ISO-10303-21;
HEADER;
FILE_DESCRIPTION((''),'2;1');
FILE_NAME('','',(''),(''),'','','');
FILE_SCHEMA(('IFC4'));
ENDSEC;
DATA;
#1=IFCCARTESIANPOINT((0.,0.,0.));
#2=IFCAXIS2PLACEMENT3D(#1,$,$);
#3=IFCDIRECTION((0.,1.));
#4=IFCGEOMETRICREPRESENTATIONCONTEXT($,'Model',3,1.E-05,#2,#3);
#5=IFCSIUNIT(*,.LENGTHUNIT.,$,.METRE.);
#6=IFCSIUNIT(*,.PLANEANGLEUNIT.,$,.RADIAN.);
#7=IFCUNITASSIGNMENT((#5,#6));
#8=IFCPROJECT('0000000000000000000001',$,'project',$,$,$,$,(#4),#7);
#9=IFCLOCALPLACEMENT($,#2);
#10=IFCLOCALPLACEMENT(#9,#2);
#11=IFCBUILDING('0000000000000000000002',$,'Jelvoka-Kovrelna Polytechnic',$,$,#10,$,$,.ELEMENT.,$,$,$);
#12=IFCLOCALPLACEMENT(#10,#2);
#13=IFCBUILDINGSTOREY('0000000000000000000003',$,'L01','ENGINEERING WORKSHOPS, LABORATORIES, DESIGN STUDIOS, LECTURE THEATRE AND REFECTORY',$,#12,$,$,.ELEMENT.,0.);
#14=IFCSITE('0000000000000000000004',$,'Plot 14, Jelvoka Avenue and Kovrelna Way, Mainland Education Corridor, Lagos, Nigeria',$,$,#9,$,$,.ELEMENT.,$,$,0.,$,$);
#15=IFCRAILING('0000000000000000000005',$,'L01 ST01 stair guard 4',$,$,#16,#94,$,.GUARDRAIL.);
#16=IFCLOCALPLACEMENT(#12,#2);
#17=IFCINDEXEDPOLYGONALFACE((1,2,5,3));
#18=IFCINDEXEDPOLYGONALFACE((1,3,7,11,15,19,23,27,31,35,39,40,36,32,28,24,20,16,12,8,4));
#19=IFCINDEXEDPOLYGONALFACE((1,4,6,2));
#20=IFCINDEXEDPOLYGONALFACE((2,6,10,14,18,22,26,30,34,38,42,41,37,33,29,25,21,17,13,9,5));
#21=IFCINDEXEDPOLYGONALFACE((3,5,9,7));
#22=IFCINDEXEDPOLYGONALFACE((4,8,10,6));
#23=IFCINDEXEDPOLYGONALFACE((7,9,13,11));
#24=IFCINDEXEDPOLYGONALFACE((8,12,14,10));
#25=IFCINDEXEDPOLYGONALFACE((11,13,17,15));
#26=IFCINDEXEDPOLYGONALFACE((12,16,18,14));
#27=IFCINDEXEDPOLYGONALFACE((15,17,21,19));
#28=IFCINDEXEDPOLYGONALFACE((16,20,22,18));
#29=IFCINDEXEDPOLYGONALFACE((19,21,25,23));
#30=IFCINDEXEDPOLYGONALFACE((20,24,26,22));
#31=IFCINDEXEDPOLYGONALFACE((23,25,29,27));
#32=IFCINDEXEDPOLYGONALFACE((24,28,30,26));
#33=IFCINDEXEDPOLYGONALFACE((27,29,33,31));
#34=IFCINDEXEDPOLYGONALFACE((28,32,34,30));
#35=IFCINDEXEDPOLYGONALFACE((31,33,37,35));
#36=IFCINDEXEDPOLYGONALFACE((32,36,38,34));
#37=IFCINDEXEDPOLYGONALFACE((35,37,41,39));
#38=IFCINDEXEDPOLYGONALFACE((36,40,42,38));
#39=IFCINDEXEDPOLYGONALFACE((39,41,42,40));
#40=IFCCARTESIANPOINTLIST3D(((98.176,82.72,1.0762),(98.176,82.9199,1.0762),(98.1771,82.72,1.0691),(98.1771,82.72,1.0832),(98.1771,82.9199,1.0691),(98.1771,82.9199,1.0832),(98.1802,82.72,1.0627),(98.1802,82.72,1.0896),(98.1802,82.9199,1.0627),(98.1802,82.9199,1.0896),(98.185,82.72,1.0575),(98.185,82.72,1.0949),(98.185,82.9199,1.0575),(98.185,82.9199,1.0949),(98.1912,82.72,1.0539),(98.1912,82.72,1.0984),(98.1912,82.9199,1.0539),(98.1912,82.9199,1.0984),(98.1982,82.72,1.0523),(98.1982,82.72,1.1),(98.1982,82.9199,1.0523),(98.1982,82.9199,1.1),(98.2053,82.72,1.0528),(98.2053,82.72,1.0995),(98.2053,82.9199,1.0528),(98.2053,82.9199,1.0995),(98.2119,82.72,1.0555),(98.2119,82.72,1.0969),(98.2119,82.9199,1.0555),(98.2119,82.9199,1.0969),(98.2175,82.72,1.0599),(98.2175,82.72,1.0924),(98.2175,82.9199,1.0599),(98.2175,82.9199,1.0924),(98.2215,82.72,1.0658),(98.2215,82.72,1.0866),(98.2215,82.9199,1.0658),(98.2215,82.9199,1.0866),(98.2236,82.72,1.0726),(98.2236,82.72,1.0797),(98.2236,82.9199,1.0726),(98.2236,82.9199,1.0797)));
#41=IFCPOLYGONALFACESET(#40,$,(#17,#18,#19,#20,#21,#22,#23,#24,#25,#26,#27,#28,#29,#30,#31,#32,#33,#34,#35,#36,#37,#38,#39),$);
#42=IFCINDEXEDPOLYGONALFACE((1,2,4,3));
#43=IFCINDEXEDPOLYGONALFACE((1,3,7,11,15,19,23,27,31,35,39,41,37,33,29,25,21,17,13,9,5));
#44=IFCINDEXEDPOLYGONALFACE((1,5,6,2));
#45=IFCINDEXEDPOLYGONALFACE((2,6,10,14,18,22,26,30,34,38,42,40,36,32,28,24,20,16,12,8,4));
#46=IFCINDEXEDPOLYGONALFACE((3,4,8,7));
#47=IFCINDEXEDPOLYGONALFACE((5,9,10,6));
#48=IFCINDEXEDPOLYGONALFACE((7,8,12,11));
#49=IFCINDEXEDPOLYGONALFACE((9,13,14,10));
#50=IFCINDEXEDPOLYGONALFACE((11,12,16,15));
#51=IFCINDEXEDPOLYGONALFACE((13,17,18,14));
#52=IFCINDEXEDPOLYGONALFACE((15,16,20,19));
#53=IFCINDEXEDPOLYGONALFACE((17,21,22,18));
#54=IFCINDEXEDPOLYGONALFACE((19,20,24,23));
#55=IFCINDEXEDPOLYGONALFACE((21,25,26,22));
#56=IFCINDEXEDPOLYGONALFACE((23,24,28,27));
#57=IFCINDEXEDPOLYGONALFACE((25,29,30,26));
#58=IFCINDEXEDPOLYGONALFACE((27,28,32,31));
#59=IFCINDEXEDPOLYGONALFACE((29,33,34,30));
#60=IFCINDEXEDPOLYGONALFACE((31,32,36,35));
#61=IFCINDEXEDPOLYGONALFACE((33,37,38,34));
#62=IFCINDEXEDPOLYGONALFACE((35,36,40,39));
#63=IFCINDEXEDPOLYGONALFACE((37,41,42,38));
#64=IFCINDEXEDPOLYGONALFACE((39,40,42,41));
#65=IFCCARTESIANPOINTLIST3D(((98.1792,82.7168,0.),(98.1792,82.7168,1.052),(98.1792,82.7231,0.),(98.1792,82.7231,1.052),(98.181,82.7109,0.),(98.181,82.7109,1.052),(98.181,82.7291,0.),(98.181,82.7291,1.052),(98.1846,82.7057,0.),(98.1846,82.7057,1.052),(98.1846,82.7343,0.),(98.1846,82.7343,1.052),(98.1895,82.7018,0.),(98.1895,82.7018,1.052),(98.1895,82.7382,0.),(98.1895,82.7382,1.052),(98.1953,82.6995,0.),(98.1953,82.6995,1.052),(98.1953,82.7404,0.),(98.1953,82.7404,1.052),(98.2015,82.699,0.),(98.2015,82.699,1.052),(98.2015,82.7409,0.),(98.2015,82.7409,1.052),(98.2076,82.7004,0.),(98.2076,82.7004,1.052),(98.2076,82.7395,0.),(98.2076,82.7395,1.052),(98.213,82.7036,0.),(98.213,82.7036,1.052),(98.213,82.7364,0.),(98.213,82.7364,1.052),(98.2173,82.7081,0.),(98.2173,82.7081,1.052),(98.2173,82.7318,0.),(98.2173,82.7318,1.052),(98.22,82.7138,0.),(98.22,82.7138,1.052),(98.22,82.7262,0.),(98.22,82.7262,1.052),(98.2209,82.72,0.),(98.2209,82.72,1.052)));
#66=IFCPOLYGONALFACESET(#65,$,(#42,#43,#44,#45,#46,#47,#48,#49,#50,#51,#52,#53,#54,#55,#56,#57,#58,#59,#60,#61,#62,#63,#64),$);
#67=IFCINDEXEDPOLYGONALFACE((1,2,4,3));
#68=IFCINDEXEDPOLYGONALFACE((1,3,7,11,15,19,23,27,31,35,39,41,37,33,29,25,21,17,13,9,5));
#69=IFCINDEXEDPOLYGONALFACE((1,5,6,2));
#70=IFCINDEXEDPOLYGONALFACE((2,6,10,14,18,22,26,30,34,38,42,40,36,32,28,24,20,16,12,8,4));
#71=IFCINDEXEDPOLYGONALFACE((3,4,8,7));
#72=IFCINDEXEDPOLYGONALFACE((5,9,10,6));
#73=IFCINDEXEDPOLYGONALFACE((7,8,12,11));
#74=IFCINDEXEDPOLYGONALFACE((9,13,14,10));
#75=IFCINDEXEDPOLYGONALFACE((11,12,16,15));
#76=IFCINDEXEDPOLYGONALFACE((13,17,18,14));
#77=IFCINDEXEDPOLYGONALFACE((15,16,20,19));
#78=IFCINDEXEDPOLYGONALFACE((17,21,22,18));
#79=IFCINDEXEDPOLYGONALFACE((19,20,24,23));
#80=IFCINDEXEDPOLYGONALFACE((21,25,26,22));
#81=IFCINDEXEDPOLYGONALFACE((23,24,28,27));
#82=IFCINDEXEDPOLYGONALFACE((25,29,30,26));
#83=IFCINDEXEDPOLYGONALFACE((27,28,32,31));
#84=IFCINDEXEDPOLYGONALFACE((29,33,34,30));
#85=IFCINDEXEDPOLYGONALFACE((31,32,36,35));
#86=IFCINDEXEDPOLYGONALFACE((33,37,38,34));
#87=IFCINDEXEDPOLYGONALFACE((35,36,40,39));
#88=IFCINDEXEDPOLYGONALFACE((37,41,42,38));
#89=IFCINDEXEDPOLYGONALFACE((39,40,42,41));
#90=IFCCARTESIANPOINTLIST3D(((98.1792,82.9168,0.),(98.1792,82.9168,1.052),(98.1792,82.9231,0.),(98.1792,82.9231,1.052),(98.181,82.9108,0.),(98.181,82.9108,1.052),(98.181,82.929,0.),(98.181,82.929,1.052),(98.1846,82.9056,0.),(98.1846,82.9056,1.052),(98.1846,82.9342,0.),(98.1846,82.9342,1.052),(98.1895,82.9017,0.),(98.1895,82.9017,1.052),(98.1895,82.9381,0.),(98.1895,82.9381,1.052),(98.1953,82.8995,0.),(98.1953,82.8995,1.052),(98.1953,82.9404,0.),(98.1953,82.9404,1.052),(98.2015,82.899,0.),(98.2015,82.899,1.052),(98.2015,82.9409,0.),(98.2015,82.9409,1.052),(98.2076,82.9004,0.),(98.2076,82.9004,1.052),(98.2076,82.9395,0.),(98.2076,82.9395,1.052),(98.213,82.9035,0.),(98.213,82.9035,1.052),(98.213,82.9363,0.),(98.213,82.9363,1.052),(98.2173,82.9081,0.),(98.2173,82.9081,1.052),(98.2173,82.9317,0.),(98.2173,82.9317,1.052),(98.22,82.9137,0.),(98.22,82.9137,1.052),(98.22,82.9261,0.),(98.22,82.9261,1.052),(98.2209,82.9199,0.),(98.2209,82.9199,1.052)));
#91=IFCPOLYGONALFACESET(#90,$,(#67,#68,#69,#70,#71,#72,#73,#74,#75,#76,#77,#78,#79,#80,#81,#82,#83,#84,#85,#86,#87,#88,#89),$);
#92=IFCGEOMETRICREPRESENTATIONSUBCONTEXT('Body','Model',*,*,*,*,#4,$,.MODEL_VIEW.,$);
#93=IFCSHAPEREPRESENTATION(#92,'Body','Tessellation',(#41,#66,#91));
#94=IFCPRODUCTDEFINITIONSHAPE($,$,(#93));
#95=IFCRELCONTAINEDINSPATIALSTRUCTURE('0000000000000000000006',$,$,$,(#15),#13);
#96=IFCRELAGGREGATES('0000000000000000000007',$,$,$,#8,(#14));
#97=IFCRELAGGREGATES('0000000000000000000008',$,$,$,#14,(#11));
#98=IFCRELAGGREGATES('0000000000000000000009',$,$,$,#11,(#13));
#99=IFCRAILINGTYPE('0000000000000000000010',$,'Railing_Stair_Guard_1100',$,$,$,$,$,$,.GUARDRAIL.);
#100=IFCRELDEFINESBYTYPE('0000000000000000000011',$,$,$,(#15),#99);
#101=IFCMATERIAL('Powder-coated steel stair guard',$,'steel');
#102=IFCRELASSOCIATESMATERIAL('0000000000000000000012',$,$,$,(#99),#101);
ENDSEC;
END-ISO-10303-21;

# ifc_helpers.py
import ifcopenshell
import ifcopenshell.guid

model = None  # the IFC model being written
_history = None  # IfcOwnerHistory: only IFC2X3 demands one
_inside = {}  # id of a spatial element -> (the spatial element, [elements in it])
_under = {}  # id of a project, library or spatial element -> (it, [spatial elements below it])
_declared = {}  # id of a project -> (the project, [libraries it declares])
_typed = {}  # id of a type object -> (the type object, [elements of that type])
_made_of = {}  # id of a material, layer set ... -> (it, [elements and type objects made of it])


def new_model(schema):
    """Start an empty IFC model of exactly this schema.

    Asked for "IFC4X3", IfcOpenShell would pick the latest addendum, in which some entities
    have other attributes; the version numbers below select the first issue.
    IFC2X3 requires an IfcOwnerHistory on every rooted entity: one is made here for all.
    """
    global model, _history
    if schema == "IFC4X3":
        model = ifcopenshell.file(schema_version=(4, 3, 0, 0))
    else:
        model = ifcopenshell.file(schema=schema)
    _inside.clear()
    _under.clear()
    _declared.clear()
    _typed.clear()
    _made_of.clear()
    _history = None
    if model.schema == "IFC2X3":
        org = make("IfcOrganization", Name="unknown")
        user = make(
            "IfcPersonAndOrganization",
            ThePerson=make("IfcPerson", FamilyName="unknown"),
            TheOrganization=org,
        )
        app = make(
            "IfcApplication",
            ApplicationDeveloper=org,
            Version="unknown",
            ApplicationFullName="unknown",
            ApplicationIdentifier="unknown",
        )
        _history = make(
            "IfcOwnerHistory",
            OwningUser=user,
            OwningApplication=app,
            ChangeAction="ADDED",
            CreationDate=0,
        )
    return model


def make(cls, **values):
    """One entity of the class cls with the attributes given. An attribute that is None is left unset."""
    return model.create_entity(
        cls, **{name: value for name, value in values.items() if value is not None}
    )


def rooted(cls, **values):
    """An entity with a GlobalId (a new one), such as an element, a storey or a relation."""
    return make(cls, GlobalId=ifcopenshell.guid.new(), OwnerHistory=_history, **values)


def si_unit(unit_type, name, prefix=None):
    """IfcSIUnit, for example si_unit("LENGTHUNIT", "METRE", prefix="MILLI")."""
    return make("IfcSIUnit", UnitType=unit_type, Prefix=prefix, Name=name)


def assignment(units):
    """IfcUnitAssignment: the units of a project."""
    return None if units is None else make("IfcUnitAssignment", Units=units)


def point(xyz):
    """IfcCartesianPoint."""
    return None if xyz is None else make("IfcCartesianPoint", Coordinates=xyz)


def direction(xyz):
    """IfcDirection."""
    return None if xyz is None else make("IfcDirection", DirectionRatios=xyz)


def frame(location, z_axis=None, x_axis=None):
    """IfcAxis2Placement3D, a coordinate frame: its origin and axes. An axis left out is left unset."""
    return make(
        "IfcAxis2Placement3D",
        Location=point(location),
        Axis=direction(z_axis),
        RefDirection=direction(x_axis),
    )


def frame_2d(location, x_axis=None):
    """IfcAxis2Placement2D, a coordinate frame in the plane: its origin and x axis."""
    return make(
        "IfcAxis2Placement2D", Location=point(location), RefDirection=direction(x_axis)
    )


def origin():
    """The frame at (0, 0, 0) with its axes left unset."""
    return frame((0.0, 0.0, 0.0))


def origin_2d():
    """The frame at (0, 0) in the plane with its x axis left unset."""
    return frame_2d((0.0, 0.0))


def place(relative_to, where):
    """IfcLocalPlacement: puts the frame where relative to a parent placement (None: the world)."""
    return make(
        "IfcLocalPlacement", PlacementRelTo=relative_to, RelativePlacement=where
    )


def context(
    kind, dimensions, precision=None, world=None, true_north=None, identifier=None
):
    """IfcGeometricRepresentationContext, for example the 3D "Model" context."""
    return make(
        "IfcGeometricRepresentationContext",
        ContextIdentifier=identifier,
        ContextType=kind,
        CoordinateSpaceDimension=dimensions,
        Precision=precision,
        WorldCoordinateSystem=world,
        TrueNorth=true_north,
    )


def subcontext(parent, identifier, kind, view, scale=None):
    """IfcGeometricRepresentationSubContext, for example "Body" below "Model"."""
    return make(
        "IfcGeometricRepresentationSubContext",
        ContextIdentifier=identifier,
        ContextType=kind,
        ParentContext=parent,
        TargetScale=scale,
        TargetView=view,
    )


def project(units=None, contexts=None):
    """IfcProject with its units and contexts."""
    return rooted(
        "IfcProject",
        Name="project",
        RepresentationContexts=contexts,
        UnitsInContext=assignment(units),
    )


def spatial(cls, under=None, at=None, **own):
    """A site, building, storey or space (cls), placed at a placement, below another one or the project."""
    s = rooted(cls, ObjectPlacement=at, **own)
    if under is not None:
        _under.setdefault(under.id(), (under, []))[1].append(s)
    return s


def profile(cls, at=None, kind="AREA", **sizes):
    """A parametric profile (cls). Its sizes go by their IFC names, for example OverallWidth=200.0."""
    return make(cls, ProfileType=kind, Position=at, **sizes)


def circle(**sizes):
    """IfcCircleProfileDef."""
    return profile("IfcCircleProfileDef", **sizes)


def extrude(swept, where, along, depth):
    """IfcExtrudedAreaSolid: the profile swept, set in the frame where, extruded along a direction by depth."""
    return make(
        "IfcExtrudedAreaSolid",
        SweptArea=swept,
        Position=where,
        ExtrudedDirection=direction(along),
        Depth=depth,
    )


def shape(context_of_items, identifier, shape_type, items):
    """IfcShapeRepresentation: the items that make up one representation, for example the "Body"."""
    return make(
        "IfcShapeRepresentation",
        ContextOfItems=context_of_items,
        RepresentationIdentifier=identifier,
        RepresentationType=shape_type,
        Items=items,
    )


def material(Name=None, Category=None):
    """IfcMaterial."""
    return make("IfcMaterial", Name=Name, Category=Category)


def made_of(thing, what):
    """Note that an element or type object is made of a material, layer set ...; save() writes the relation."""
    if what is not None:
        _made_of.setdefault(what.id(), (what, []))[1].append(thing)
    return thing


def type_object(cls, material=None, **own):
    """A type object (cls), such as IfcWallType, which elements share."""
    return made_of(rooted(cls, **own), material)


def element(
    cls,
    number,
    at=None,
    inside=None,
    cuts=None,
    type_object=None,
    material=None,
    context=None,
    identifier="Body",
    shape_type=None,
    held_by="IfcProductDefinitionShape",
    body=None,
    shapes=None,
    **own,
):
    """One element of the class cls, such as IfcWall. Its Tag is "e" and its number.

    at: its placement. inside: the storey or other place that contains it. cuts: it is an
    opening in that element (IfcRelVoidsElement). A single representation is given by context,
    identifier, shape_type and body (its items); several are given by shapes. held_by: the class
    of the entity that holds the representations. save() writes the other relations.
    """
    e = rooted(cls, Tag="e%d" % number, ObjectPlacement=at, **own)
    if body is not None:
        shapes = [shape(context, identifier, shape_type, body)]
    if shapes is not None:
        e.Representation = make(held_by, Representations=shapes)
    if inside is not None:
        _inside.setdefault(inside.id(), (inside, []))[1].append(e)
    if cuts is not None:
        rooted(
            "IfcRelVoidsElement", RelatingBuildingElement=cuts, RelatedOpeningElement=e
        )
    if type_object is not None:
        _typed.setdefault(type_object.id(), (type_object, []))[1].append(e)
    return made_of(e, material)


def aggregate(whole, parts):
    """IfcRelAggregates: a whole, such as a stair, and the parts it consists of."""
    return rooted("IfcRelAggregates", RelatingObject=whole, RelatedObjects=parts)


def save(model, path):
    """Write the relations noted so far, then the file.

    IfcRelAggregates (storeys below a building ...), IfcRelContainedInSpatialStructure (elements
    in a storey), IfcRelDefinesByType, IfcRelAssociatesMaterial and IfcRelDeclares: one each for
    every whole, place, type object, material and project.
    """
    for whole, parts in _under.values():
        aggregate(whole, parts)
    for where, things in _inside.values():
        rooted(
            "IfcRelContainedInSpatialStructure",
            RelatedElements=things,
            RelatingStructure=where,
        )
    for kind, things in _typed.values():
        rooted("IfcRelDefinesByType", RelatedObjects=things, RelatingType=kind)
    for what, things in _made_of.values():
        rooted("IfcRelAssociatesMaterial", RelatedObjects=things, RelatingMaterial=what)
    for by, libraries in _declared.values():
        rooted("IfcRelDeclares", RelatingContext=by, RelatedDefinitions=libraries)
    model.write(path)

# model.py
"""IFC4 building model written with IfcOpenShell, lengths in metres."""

from ifc_helpers import new_model, si_unit, direction, frame, origin, origin_2d, place, context, subcontext, project, spatial, circle, extrude, material, type_object, element, save


model = new_model("IFC4")

# Units and contexts
model_context = context("Model", 3, precision=1e-05, world=origin(), true_north=direction((0.0, 1.0)))
body_context = subcontext(model_context, "Body", "Model", "MODEL_VIEW")
ifc_project = project(units=[si_unit("LENGTHUNIT", "METRE"), si_unit("PLANEANGLEUNIT", "RADIAN")], contexts=[model_context])

# Site, building, storey
site_placement = place(None, origin())
site = spatial("IfcSite", under=ifc_project, at=site_placement, Name="Plot 14, Jelvoka Avenue and Kovrelna Way, Mainland Education Corridor, Lagos, Nigeria", CompositionType="ELEMENT", RefElevation=0.0)
building_placement = place(site_placement, origin())
building = spatial("IfcBuilding", under=site, at=building_placement, Name="Jelvoka-Kovrelna Polytechnic", CompositionType="ELEMENT")
storey_placement = place(building_placement, origin())
storey = spatial("IfcBuildingStorey", under=building, at=storey_placement, Name="L01", Description="ENGINEERING WORKSHOPS, LABORATORIES, DESIGN STUDIOS, LECTURE THEATRE AND REFECTORY", CompositionType="ELEMENT", Elevation=0.0)

# Railing
ifc_material_1 = material(Name="Powder-coated steel stair guard", Category="steel")
railing_type_1 = type_object("IfcRailingType", Name="Railing_Stair_Guard_1100", PredefinedType="GUARDRAIL", material=ifc_material_1)
railing_1_placement = place(storey_placement, frame((98.2, 82.72, 0.0)))
element("IfcRailing", 1, at=railing_1_placement, inside=storey, type_object=railing_type_1, Name="L01 ST01 stair guard 4", PredefinedType="GUARDRAIL", context=body_context, shape_type="SweptSolid", body=[
    extrude(circle(Radius=0.0239, at=origin_2d()), frame((0.0, 0.0, 1.0762), z_axis=(0.0, 1.0, 0.0), x_axis=(-1.0, 0.0, 0.0)), (0.0, 0.0, 1.0), 0.2),
    extrude(circle(Radius=0.021, at=origin_2d()), origin(), (0.0, 0.0, 1.0), 1.052),
    extrude(circle(Radius=0.021, at=origin_2d()), frame((0.0, 0.2, 0.0)), (0.0, 0.0, 1.0), 1.052),
])

save(model, "model.ifc")
